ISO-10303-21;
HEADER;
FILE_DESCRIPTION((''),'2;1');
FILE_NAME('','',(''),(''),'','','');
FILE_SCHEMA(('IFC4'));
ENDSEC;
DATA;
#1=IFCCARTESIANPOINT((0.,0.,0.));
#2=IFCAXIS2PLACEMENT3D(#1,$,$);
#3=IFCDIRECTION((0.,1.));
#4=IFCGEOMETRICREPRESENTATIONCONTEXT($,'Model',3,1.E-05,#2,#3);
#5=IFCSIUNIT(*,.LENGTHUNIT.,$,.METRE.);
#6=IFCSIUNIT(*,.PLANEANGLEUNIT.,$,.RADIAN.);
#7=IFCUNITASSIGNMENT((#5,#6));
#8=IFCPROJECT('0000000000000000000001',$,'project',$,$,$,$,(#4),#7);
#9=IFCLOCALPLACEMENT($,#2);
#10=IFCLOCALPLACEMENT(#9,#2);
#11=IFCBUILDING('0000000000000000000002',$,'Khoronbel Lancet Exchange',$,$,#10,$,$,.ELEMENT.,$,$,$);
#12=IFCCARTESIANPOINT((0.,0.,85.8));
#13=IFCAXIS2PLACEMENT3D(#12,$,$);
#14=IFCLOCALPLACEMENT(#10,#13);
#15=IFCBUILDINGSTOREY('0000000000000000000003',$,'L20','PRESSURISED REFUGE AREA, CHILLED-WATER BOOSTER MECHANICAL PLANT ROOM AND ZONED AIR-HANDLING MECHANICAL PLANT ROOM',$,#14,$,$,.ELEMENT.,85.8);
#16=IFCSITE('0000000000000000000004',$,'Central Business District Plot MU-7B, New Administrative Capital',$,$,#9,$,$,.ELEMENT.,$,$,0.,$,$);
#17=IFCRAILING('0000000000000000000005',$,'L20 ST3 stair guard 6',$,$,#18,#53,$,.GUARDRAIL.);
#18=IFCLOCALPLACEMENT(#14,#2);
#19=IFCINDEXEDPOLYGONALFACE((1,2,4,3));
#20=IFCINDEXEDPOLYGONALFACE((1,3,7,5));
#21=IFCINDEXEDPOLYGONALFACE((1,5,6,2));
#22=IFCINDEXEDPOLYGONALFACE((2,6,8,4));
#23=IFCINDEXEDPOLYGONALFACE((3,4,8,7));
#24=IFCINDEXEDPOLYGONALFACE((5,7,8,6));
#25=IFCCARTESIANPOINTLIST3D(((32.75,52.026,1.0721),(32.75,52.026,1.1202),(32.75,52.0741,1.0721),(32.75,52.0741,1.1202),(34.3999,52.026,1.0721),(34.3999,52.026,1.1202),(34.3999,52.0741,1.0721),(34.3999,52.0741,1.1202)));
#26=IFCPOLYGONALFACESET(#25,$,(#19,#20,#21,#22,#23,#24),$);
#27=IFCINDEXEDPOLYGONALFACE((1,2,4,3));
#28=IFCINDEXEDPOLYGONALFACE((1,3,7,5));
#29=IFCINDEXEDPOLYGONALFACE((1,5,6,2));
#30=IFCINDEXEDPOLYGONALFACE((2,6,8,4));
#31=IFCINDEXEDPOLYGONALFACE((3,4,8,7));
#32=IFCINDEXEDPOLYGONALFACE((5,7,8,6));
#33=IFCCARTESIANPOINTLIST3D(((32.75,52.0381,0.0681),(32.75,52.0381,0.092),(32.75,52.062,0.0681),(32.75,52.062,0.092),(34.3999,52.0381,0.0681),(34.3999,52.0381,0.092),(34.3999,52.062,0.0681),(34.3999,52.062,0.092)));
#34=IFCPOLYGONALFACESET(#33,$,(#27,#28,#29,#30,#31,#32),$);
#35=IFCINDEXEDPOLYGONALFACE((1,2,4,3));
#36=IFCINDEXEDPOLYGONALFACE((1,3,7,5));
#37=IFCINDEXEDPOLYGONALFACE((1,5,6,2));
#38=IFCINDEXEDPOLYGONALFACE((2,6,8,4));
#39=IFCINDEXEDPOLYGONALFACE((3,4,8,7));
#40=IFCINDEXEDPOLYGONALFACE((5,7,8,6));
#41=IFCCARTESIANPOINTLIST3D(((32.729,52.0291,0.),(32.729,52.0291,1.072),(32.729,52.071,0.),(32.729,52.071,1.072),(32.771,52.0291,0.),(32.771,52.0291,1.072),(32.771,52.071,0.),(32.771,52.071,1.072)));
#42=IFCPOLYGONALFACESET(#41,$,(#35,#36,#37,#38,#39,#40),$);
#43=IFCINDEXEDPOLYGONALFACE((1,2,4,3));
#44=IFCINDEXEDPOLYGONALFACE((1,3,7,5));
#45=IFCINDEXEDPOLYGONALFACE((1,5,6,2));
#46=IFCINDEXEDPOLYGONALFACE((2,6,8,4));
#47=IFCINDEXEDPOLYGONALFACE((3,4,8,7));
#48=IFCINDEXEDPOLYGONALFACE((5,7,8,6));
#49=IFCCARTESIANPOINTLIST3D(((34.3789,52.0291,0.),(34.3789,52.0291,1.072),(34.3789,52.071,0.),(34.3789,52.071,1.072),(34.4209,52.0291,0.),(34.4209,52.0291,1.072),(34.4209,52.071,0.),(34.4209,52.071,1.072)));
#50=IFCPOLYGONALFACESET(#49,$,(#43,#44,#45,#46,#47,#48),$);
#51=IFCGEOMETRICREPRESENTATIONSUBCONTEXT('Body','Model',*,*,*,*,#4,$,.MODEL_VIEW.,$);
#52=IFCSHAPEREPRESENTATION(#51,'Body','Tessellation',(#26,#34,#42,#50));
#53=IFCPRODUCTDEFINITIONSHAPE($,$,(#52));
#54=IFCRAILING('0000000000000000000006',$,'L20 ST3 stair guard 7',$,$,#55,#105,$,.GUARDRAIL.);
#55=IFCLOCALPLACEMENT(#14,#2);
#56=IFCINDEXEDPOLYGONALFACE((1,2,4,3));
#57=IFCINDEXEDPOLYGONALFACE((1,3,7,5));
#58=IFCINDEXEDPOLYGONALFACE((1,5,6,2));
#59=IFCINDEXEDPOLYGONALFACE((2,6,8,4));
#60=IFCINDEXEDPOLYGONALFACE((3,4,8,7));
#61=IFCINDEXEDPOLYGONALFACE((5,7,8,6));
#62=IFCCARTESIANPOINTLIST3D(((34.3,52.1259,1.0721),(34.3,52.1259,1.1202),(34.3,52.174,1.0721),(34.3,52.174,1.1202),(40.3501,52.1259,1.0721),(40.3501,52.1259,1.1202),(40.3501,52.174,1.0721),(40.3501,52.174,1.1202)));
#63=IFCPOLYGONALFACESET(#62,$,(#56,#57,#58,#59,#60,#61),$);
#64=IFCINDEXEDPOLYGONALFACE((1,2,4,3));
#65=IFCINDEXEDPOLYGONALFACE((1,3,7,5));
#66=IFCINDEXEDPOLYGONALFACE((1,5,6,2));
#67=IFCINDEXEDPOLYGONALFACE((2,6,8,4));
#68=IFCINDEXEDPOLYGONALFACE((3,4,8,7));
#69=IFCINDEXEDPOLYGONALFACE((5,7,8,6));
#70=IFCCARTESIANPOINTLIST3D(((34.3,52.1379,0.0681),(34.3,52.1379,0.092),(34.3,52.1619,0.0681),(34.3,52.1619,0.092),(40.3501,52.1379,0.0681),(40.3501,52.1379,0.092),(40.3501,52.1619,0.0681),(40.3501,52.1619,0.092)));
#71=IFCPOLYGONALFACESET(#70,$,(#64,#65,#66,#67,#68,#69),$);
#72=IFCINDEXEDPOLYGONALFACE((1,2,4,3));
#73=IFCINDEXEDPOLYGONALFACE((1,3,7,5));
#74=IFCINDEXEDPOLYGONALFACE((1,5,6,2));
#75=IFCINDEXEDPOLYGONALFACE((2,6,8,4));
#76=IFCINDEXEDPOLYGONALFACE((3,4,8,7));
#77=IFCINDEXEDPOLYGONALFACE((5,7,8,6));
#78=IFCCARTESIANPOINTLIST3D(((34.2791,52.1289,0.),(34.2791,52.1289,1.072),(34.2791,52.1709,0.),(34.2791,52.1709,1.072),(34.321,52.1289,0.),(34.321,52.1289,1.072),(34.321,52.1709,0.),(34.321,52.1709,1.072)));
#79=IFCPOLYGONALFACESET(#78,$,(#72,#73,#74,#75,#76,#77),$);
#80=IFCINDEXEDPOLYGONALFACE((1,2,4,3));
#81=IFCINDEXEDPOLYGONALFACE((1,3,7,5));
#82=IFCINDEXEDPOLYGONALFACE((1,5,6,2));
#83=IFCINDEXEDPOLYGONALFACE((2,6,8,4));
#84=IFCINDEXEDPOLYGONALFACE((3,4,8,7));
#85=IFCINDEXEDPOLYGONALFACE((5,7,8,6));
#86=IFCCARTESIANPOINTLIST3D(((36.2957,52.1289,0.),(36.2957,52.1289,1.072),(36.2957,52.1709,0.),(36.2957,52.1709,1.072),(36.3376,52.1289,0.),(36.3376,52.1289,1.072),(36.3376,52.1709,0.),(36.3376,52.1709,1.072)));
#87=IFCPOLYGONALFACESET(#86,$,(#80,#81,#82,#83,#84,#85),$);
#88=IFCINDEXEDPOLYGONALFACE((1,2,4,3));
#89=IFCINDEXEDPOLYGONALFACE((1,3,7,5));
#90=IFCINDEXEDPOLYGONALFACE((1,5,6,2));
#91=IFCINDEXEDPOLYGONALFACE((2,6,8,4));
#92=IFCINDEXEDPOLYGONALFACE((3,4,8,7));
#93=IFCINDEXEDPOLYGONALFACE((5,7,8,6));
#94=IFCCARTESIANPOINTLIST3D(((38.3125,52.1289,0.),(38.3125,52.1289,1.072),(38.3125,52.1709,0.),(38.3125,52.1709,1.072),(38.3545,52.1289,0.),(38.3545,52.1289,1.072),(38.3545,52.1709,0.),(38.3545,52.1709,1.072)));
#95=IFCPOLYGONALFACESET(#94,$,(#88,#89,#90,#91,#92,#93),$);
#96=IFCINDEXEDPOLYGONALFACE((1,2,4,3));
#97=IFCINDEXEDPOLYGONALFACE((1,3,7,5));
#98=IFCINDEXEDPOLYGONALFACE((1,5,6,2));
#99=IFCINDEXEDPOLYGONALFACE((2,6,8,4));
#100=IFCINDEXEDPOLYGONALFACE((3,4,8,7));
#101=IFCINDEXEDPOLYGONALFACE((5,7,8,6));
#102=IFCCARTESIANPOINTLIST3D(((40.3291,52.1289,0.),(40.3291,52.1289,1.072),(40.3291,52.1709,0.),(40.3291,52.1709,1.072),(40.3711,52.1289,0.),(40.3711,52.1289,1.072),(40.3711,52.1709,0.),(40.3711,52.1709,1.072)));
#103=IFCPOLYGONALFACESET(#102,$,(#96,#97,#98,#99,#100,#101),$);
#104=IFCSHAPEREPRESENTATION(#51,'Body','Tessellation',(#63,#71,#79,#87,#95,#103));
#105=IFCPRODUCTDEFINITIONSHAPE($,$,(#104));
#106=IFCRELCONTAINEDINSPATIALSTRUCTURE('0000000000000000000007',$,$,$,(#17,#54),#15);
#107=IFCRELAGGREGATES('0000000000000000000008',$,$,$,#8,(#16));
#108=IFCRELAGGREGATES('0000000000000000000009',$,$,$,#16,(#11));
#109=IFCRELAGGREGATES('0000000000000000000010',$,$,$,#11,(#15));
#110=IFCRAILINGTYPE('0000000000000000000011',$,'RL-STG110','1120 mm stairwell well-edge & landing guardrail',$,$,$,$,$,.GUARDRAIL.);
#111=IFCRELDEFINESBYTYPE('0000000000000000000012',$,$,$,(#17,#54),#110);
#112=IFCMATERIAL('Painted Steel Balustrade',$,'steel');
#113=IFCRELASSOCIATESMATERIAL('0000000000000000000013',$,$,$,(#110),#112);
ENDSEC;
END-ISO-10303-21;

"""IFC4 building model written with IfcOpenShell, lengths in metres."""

from ifc_helpers import new_model, si_unit, direction, frame, origin, origin_2d, place, context, subcontext, project, spatial, rectangle, extrude, material, type_object, element, save


model = new_model("IFC4")

# Units and contexts
model_context = context("Model", 3, precision=1e-05, world=origin(), true_north=direction((0.0, 1.0)))
body_context = subcontext(model_context, "Body", "Model", "MODEL_VIEW")
ifc_project = project(units=[si_unit("LENGTHUNIT", "METRE"), si_unit("PLANEANGLEUNIT", "RADIAN")], contexts=[model_context])

# Site, building, storey
site_placement = place(None, origin())
site = spatial("IfcSite", under=ifc_project, at=site_placement, Name="Central Business District Plot MU-7B, New Administrative Capital", CompositionType="ELEMENT", RefElevation=0.0)
building_placement = place(site_placement, origin())
building = spatial("IfcBuilding", under=site, at=building_placement, Name="Khoronbel Lancet Exchange", CompositionType="ELEMENT")
storey_placement = place(building_placement, frame((0.0, 0.0, 85.8)))
storey = spatial("IfcBuildingStorey", under=building, at=storey_placement, Name="L20", Description="PRESSURISED REFUGE AREA, CHILLED-WATER BOOSTER MECHANICAL PLANT ROOM AND ZONED AIR-HANDLING MECHANICAL PLANT ROOM", CompositionType="ELEMENT", Elevation=85.8)

# Railings
ifc_material_1 = material(Name="Painted Steel Balustrade", Category="steel")
railing_type = type_object("IfcRailingType", Name="RL-STG110", Description="1120 mm stairwell well-edge & landing guardrail", PredefinedType="GUARDRAIL", material=ifc_material_1)
railing_1_placement = place(storey_placement, frame((32.75, 52.05, 0.0)))
element("IfcRailing", 1, at=railing_1_placement, inside=storey, type_object=railing_type, Name="L20 ST3 stair guard 6", PredefinedType="GUARDRAIL", context=body_context, shape_type="SweptSolid", body=[
    extrude(rectangle(XDim=0.0481, YDim=0.0481, at=origin_2d()), frame((0.0, 0.0, 1.0962), z_axis=(1.0, 0.0, 0.0), x_axis=(0.0, 1.0, 0.0)), (0.0, 0.0, 1.0), 1.6499),
    extrude(rectangle(XDim=0.0239, YDim=0.0239, at=origin_2d()), frame((0.0, 0.0, 0.0801), z_axis=(1.0, 0.0, 0.0), x_axis=(0.0, 1.0, 0.0)), (0.0, 0.0, 1.0), 1.6499),
    extrude(rectangle(XDim=0.042, YDim=0.042, at=origin_2d()), origin(), (0.0, 0.0, 1.0), 1.072),
    extrude(rectangle(XDim=0.042, YDim=0.042, at=origin_2d()), frame((1.6499, 0.0, 0.0)), (0.0, 0.0, 1.0), 1.072),
])
railing_2_placement = place(storey_placement, frame((34.3, 52.1499, 0.0)))
element("IfcRailing", 2, at=railing_2_placement, inside=storey, type_object=railing_type, Name="L20 ST3 stair guard 7", PredefinedType="GUARDRAIL", context=body_context, shape_type="SweptSolid", body=[
    extrude(rectangle(XDim=0.0481, YDim=0.0481, at=origin_2d()), frame((0.0, 0.0, 1.0962), z_axis=(1.0, 0.0, 0.0), x_axis=(0.0, 1.0, 0.0)), (0.0, 0.0, 1.0), 6.05),
    extrude(rectangle(XDim=0.0239, YDim=0.0239, at=origin_2d()), frame((0.0, 0.0, 0.0801), z_axis=(1.0, 0.0, 0.0), x_axis=(0.0, 1.0, 0.0)), (0.0, 0.0, 1.0), 6.05),
    extrude(rectangle(XDim=0.042, YDim=0.042, at=origin_2d()), origin(), (0.0, 0.0, 1.0), 1.072),
    extrude(rectangle(XDim=0.042, YDim=0.042, at=origin_2d()), frame((2.0166, 0.0, 0.0)), (0.0, 0.0, 1.0), 1.072),
    extrude(rectangle(XDim=0.042, YDim=0.042, at=origin_2d()), frame((4.0334, 0.0, 0.0)), (0.0, 0.0, 1.0), 1.072),
    extrude(rectangle(XDim=0.042, YDim=0.042, at=origin_2d()), frame((6.05, 0.0, 0.0)), (0.0, 0.0, 1.0), 1.072),
])

save(model, "model.ifc")
